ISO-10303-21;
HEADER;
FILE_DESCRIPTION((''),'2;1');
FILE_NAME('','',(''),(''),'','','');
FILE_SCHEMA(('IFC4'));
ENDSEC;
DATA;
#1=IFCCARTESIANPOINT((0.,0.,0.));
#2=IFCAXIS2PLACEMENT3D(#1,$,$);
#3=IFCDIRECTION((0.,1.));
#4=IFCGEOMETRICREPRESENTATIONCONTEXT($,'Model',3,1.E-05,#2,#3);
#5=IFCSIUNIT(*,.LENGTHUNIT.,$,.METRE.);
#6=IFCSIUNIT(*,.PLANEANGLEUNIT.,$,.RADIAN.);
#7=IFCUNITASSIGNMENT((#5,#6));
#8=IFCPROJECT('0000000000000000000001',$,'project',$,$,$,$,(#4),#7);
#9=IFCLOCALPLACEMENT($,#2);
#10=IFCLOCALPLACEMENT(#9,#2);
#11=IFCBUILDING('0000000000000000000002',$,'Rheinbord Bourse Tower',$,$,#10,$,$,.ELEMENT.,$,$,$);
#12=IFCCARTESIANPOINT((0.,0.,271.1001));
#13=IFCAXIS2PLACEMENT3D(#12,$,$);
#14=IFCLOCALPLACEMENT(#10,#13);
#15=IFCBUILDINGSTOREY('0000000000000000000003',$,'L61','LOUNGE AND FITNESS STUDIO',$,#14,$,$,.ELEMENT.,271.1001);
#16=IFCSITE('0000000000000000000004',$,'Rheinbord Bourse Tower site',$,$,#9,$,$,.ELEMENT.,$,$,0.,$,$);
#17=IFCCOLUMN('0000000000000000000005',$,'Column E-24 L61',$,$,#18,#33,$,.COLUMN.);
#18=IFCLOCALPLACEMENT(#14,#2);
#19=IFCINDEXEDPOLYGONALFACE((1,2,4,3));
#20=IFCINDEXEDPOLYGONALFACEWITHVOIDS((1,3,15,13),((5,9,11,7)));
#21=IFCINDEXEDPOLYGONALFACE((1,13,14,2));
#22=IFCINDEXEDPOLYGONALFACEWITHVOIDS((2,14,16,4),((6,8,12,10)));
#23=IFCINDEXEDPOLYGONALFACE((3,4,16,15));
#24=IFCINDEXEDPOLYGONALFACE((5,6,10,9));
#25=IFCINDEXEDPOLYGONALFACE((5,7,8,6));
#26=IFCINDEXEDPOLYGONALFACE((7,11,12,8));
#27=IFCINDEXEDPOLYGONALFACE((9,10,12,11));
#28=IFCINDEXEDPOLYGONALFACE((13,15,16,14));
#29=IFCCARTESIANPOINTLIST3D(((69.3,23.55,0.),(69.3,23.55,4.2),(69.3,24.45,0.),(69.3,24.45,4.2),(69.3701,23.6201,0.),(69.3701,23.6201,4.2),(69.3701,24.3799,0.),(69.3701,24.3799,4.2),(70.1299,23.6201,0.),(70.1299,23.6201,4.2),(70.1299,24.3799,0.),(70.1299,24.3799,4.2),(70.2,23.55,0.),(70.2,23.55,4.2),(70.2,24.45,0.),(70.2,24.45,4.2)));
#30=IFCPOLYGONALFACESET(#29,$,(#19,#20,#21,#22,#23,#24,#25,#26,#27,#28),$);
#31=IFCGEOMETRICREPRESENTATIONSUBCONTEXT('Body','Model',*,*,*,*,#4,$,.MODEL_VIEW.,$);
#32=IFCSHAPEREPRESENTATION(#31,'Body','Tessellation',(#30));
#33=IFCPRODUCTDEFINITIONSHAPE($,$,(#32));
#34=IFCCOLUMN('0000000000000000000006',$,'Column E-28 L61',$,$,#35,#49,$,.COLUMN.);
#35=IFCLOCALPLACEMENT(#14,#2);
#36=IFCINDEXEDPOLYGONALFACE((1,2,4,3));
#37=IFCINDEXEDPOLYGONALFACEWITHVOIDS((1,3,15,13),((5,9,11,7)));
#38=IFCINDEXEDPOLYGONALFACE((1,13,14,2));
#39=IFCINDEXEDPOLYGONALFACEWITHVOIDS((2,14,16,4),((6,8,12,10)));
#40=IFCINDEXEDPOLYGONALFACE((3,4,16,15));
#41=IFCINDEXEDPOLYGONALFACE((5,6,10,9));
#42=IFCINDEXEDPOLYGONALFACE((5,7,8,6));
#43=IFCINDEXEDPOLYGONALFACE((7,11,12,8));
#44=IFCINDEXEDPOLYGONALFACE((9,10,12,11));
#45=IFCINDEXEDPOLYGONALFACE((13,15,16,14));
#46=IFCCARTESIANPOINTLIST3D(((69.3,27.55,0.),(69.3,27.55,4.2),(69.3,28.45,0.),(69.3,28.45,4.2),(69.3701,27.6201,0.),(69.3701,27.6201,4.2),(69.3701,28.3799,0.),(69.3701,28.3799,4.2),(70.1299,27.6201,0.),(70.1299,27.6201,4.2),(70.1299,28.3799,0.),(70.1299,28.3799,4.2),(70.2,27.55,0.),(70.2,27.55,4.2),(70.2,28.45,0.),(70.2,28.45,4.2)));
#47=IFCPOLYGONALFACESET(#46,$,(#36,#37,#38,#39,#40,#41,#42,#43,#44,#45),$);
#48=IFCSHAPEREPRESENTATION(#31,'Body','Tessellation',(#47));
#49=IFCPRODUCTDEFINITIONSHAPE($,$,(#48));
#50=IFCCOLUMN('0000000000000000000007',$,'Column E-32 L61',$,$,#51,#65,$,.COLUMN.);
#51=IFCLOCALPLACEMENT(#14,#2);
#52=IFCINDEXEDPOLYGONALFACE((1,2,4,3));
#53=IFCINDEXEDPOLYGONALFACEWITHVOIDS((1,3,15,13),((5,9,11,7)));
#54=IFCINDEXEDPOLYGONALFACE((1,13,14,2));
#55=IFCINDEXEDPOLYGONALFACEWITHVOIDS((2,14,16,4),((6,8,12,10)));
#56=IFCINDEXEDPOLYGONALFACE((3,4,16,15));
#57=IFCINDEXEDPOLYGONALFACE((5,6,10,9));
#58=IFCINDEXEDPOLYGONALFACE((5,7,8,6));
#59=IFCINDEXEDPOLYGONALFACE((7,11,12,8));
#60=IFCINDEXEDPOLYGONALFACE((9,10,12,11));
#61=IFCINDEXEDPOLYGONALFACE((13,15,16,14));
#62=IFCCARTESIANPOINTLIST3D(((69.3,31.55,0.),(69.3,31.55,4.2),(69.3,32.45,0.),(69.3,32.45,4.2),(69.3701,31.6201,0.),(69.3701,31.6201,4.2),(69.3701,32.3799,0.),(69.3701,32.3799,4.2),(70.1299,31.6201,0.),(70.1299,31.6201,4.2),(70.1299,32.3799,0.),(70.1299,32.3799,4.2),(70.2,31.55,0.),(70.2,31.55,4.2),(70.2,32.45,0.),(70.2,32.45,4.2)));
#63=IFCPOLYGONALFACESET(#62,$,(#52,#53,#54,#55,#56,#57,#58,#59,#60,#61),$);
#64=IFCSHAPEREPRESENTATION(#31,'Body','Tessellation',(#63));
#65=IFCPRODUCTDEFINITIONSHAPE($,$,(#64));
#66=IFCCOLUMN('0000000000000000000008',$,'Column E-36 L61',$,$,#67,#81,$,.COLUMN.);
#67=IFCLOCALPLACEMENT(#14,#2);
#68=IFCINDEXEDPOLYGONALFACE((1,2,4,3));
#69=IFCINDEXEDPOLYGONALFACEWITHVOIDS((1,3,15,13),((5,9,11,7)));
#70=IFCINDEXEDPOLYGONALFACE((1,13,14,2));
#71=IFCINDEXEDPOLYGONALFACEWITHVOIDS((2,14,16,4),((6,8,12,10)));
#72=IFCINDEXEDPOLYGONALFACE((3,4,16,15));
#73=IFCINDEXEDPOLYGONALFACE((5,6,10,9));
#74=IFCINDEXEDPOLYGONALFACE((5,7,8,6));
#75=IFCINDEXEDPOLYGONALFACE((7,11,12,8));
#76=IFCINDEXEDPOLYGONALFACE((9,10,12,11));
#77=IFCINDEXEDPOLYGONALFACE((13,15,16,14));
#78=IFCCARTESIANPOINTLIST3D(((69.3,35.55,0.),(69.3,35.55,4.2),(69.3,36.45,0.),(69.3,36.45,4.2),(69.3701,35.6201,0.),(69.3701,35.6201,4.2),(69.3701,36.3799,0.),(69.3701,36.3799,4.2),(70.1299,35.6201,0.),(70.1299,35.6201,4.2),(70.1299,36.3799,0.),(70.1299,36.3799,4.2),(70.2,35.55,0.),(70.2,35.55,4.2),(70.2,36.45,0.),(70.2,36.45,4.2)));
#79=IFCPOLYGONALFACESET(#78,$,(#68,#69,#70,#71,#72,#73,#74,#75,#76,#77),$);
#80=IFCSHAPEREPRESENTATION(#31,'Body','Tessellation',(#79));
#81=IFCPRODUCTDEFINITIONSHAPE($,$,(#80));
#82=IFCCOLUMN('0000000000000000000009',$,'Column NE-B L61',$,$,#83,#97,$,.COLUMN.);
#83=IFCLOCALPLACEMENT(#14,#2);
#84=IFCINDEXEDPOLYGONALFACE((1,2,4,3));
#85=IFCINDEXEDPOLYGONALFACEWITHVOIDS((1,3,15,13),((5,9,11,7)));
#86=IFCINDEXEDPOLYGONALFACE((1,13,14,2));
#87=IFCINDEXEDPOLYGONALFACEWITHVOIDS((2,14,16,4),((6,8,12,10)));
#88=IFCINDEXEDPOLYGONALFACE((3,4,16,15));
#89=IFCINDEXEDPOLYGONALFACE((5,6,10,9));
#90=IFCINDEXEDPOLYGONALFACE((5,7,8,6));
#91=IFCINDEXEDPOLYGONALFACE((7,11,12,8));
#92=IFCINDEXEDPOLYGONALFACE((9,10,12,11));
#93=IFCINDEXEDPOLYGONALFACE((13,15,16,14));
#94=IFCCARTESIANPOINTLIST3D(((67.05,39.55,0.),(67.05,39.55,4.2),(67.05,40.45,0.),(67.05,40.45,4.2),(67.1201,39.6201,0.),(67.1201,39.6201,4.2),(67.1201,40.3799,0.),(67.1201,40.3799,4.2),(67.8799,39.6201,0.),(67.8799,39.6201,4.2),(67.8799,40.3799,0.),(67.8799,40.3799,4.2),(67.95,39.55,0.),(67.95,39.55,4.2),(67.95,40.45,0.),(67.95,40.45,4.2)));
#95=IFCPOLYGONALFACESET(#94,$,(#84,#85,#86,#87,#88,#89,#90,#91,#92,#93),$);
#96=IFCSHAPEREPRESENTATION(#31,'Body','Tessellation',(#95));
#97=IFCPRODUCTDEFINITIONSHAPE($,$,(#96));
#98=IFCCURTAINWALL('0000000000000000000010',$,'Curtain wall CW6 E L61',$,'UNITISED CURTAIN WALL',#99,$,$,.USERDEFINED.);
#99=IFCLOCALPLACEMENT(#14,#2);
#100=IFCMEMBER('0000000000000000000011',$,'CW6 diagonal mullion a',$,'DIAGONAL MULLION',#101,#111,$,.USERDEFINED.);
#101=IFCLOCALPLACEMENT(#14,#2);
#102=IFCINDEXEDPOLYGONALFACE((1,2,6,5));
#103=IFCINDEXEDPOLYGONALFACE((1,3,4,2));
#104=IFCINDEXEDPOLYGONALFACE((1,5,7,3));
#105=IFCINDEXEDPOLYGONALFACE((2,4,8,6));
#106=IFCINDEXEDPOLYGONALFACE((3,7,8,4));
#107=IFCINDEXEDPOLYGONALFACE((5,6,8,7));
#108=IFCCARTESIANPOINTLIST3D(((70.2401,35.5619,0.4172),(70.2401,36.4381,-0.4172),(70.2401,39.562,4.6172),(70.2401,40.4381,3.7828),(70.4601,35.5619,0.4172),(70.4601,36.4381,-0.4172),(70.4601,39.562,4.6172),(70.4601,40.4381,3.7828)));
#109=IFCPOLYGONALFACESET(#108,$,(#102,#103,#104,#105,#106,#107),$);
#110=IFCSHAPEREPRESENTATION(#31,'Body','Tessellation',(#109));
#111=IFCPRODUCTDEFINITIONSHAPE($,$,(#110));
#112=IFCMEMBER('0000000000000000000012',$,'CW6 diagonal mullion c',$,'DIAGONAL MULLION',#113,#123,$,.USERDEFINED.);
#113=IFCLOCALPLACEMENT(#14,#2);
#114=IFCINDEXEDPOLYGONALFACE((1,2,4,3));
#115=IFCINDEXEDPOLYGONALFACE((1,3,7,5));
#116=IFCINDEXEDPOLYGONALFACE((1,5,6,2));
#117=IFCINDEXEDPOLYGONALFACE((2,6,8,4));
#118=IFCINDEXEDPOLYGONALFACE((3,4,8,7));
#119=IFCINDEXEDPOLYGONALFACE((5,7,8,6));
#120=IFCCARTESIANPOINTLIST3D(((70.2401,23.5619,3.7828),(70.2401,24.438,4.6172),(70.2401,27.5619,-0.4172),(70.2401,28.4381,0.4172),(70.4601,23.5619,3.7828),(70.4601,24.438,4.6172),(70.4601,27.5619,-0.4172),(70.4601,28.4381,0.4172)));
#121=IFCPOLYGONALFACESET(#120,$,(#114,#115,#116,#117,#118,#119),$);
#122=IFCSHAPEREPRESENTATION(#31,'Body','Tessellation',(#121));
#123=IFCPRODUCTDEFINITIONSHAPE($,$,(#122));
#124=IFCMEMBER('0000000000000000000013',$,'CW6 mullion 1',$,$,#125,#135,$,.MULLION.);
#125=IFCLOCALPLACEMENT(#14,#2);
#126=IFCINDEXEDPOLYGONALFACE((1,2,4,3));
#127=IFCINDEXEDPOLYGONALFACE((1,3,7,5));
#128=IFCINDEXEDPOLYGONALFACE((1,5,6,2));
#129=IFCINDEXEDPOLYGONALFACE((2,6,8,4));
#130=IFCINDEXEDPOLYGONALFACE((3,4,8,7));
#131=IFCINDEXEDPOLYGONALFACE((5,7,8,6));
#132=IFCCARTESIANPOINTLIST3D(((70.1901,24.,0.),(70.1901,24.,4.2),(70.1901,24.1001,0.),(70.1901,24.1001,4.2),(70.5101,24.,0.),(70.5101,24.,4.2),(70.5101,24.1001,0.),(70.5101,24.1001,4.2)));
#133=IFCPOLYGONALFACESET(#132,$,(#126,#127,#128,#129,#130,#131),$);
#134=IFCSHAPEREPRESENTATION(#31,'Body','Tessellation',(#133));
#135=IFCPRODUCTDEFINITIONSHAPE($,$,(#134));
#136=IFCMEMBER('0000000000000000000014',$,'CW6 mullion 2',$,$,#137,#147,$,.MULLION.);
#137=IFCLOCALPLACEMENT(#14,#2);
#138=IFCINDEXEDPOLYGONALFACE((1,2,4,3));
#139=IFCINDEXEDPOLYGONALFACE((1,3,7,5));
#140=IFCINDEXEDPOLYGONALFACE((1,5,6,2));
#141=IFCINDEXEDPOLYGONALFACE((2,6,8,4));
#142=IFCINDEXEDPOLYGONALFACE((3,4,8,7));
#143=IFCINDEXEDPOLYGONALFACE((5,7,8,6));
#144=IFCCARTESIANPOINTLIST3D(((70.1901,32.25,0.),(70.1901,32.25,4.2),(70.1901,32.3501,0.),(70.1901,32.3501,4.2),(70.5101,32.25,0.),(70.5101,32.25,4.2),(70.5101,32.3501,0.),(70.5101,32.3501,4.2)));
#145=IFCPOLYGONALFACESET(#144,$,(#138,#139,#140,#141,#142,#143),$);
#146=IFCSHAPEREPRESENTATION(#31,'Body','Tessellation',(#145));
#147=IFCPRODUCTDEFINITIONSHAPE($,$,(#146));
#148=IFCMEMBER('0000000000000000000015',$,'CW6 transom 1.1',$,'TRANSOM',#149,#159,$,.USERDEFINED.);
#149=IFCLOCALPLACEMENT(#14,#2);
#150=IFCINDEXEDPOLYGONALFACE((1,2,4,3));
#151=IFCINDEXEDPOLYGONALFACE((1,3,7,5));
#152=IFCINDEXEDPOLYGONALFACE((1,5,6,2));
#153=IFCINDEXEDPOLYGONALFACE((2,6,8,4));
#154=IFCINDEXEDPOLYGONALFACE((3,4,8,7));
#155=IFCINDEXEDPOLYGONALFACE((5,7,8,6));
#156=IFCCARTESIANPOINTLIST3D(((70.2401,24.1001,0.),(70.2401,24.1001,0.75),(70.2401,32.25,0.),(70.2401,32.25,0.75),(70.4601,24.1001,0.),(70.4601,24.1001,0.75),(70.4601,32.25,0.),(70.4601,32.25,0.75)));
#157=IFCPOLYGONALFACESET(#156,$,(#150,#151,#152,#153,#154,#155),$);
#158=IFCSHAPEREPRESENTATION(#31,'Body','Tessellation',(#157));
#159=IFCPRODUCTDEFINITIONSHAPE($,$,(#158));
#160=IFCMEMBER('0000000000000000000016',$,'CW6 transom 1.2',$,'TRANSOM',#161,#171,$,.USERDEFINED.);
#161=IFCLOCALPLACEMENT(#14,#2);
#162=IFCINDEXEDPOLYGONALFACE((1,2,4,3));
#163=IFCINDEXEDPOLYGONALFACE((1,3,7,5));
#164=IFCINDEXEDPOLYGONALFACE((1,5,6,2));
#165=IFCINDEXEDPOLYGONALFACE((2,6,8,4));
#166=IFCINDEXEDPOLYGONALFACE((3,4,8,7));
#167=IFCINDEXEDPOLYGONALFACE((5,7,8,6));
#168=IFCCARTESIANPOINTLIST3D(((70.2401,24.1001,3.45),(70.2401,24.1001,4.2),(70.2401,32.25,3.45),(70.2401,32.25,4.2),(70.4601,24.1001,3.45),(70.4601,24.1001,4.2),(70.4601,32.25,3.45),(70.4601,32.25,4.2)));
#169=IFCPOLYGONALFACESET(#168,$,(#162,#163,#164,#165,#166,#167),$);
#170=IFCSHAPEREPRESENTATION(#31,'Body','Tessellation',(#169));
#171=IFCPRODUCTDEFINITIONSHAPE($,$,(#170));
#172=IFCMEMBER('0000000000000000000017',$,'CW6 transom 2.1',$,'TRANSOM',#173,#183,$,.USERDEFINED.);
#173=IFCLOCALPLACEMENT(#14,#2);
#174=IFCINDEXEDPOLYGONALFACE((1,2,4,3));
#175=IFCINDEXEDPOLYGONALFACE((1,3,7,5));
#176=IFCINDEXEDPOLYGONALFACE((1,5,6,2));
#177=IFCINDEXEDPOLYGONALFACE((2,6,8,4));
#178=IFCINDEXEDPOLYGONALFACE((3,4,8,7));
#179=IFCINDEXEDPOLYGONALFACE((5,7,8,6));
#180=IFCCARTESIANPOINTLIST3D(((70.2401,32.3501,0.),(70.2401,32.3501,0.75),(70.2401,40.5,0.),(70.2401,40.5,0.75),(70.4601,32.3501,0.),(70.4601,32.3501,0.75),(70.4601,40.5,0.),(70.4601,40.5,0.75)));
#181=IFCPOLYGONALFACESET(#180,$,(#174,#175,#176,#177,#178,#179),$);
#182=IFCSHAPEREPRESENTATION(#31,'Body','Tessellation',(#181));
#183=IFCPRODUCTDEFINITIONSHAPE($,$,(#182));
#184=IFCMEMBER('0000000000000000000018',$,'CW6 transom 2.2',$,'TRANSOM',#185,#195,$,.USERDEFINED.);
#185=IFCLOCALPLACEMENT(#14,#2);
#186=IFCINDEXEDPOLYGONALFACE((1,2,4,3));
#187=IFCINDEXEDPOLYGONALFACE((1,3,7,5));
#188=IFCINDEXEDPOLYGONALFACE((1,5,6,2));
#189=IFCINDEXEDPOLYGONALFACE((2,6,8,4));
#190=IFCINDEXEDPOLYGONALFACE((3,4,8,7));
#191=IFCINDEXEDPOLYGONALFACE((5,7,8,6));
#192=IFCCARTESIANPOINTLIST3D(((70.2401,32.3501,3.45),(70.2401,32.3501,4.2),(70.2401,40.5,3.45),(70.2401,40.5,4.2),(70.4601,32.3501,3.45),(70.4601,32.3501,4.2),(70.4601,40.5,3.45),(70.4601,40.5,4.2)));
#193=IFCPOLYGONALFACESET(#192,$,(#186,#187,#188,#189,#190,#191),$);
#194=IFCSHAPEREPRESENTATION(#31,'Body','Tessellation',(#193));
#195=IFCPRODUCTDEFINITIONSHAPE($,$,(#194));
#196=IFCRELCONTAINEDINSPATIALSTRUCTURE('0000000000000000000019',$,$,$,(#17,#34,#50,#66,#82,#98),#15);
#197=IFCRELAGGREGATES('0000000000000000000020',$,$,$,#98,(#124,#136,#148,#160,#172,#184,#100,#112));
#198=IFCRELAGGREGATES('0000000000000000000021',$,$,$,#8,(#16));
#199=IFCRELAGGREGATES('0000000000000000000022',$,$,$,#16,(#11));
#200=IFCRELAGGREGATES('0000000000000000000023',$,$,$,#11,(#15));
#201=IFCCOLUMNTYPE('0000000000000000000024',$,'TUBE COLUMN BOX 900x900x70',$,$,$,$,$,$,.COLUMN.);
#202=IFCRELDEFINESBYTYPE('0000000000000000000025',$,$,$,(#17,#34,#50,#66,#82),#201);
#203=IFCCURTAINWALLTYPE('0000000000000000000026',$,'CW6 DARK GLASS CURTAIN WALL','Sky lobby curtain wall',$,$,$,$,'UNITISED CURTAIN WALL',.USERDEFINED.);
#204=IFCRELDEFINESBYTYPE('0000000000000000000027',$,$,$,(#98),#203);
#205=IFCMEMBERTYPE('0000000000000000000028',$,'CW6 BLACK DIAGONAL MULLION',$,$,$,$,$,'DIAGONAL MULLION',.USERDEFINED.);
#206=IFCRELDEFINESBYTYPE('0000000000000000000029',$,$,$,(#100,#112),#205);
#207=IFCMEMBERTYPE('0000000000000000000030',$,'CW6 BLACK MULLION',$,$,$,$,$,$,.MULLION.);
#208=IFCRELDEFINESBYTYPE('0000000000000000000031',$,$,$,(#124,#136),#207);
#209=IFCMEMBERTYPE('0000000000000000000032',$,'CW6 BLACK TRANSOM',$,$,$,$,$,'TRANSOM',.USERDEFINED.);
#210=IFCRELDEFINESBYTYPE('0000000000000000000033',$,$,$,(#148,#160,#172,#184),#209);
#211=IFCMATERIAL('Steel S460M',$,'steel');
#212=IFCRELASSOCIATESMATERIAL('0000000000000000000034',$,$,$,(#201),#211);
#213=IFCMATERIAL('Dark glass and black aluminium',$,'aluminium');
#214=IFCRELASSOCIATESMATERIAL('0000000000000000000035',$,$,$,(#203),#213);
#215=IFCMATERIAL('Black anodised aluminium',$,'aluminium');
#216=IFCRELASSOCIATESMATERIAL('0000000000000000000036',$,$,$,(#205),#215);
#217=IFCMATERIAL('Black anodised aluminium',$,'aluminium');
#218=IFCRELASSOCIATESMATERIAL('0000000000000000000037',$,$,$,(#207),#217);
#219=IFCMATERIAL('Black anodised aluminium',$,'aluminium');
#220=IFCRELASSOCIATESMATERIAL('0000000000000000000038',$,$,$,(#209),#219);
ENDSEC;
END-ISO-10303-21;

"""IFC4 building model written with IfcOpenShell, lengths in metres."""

from ifc_helpers import new_model, si_unit, direction, frame, origin, origin_2d, place, context, subcontext, project, spatial, rectangle, hollow_rectangle, extrude, material, material_profile, profile_set, type_object, element, aggregate, save


model = new_model("IFC4")

# Units and contexts
model_context = context("Model", 3, precision=1e-05, world=origin(), true_north=direction((0.0, 1.0)))
body_context = subcontext(model_context, "Body", "Model", "MODEL_VIEW")
ifc_project = project(units=[si_unit("LENGTHUNIT", "METRE"), si_unit("PLANEANGLEUNIT", "RADIAN")], contexts=[model_context])

# Site, building, storey
site_placement = place(None, origin())
site = spatial("IfcSite", under=ifc_project, at=site_placement, Name="Rheinbord Bourse Tower site", CompositionType="ELEMENT", RefElevation=0.0)
building_placement = place(site_placement, origin())
building = spatial("IfcBuilding", under=site, at=building_placement, Name="Rheinbord Bourse Tower", CompositionType="ELEMENT")
storey_placement = place(building_placement, frame((0.0, 0.0, 271.1001)))
storey = spatial("IfcBuildingStorey", under=building, at=storey_placement, Name="L61", Description="LOUNGE AND FITNESS STUDIO", CompositionType="ELEMENT", Elevation=271.1001)

# Columns
ifc_material_1 = material(Name="Steel S460M", Category="steel")
ifc_material_profile_1 = material_profile(ifc_material_1, hollow_rectangle(XDim=0.8999, YDim=0.8999, WallThickness=0.0701, at=origin_2d()), Name="BOX 900x900x70")
ifc_profile_set_1 = profile_set([ifc_material_profile_1], Name="Steel S460M")
column_type = type_object("IfcColumnType", Name="TUBE COLUMN BOX 900x900x70", PredefinedType="COLUMN", material=ifc_profile_set_1)
for number, where, z_axis, x_axis, name in (
    (1, (69.75, 24.0, 0.0), (0.0, 0.0, 1.0), (1.0, 0.0, 0.0), "Column E-24 L61"),
    (2, (69.75, 28.0, 0.0), (0.0, 0.0, 1.0), (1.0, 0.0, 0.0), "Column E-28 L61"),
    (3, (69.75, 32.0, 0.0), (0.0, 0.0, 1.0), (1.0, 0.0, 0.0), "Column E-32 L61"),
    (4, (69.75, 36.0, 0.0), (0.0, 0.0, 1.0), (1.0, 0.0, 0.0), "Column E-36 L61"),
    (5, (67.5, 40.0, 0.0), (0.0, 0.0, 1.0), (1.0, 0.0, 0.0), "Column NE-B L61"),
):
    element("IfcColumn", number, at=place(storey_placement, frame(where, z_axis=z_axis, x_axis=x_axis)), inside=storey, type_object=column_type, Name=name, PredefinedType="COLUMN", context=body_context, shape_type="SweptSolid", body=[
        extrude(hollow_rectangle(XDim=0.8999, YDim=0.8999, WallThickness=0.0701, at=origin_2d()), origin(), (0.0, 0.0, 1.0), 4.2),
    ])

# Curtain wall, members
ifc_material_2 = material(Name="Dark glass and black aluminium", Category="aluminium")
curtain_wall_type = type_object("IfcCurtainWallType", Name="CW6 DARK GLASS CURTAIN WALL", Description="Sky lobby curtain wall", ElementType="UNITISED CURTAIN WALL", PredefinedType="USERDEFINED", material=ifc_material_2)
curtain_wall_placement = place(storey_placement, origin())
curtain_wall = element("IfcCurtainWall", 6, at=curtain_wall_placement, inside=storey, type_object=curtain_wall_type, Name="Curtain wall CW6 E L61", ObjectType="UNITISED CURTAIN WALL", PredefinedType="USERDEFINED")
ifc_material_3 = material(Name="Black anodised aluminium", Category="aluminium")
ifc_material_profile_2 = material_profile(ifc_material_3, rectangle(XDim=0.22, YDim=1.21, at=origin_2d()), Name="CW6 DIAGONAL MULLION 1210x220")
ifc_profile_set_2 = profile_set([ifc_material_profile_2], Name="Black anodised aluminium")
member_type_1 = type_object("IfcMemberType", Name="CW6 BLACK DIAGONAL MULLION", ElementType="DIAGONAL MULLION", PredefinedType="USERDEFINED", material=ifc_profile_set_2)
member_1_placement = place(storey_placement, frame((70.3501, 36.0, 0.0), z_axis=(0.0, 0.689659, 0.724134), x_axis=(-1.0, 0.0, 0.0)))
member_1 = element("IfcMember", 7, at=member_1_placement, type_object=member_type_1, Name="CW6 diagonal mullion a", ObjectType="DIAGONAL MULLION", PredefinedType="USERDEFINED", context=body_context, shape_type="SweptSolid", body=[
    extrude(rectangle(XDim=0.22, YDim=1.21, at=origin_2d()), origin(), (0.0, 0.0, 1.0), 5.8),
])
member_2_placement = place(storey_placement, frame((70.3501, 28.0, 0.0), z_axis=(0.0, -0.689659, 0.724134), x_axis=(1.0, 0.0, 0.0)))
member_2 = element("IfcMember", 8, at=member_2_placement, type_object=member_type_1, Name="CW6 diagonal mullion c", ObjectType="DIAGONAL MULLION", PredefinedType="USERDEFINED", context=body_context, shape_type="SweptSolid", body=[
    extrude(rectangle(XDim=0.22, YDim=1.21, at=origin_2d()), origin(), (0.0, 0.0, 1.0), 5.8),
])
ifc_material_4 = material(Name="Black anodised aluminium", Category="aluminium")
ifc_material_profile_3 = material_profile(ifc_material_4, rectangle(XDim=0.3201, YDim=0.1001, at=origin_2d()), Name="CW6 MULLION 100x320")
ifc_profile_set_3 = profile_set([ifc_material_profile_3], Name="Black anodised aluminium")
member_type_2 = type_object("IfcMemberType", Name="CW6 BLACK MULLION", PredefinedType="MULLION", material=ifc_profile_set_3)
member_3_placement = place(storey_placement, frame((70.3501, 24.05, 0.0), z_axis=(0.0, 0.0, 1.0), x_axis=(-1.0, 0.0, 0.0)))
member_3 = element("IfcMember", 9, at=member_3_placement, type_object=member_type_2, Name="CW6 mullion 1", PredefinedType="MULLION", context=body_context, shape_type="SweptSolid", body=[
    extrude(rectangle(XDim=0.3201, YDim=0.1001, at=origin_2d()), origin(), (0.0, 0.0, 1.0), 4.2),
])
member_4_placement = place(storey_placement, frame((70.3501, 32.3, 0.0), z_axis=(0.0, 0.0, 1.0), x_axis=(-1.0, 0.0, 0.0)))
member_4 = element("IfcMember", 10, at=member_4_placement, type_object=member_type_2, Name="CW6 mullion 2", PredefinedType="MULLION", context=body_context, shape_type="SweptSolid", body=[
    extrude(rectangle(XDim=0.3201, YDim=0.1001, at=origin_2d()), origin(), (0.0, 0.0, 1.0), 4.2),
])
ifc_material_5 = material(Name="Black anodised aluminium", Category="aluminium")
ifc_material_profile_4 = material_profile(ifc_material_5, rectangle(XDim=0.22, YDim=0.75, at=origin_2d()), Name="CW6 TRANSOM 750x220")
ifc_profile_set_4 = profile_set([ifc_material_profile_4], Name="Black anodised aluminium")
member_type_3 = type_object("IfcMemberType", Name="CW6 BLACK TRANSOM", ElementType="TRANSOM", PredefinedType="USERDEFINED", material=ifc_profile_set_4)
member_5_placement = place(storey_placement, frame((70.3501, 24.1001, 0.375), z_axis=(0.0, 1.0, 0.0), x_axis=(-1.0, 0.0, 0.0)))
member_5 = element("IfcMember", 11, at=member_5_placement, type_object=member_type_3, Name="CW6 transom 1.1", ObjectType="TRANSOM", PredefinedType="USERDEFINED", context=body_context, shape_type="SweptSolid", body=[
    extrude(rectangle(XDim=0.22, YDim=0.75, at=origin_2d()), origin(), (0.0, 0.0, 1.0), 8.1499),
])
member_6_placement = place(storey_placement, frame((70.3501, 24.1001, 3.825), z_axis=(0.0, 1.0, 0.0), x_axis=(-1.0, 0.0, 0.0)))
member_6 = element("IfcMember", 12, at=member_6_placement, type_object=member_type_3, Name="CW6 transom 1.2", ObjectType="TRANSOM", PredefinedType="USERDEFINED", context=body_context, shape_type="SweptSolid", body=[
    extrude(rectangle(XDim=0.22, YDim=0.75, at=origin_2d()), origin(), (0.0, 0.0, 1.0), 8.1499),
])
member_7_placement = place(storey_placement, frame((70.3501, 32.3501, 0.375), z_axis=(0.0, 1.0, 0.0), x_axis=(-1.0, 0.0, 0.0)))
member_7 = element("IfcMember", 13, at=member_7_placement, type_object=member_type_3, Name="CW6 transom 2.1", ObjectType="TRANSOM", PredefinedType="USERDEFINED", context=body_context, shape_type="SweptSolid", body=[
    extrude(rectangle(XDim=0.22, YDim=0.75, at=origin_2d()), origin(), (0.0, 0.0, 1.0), 8.1499),
])
member_8_placement = place(storey_placement, frame((70.3501, 32.3501, 3.825), z_axis=(0.0, 1.0, 0.0), x_axis=(-1.0, 0.0, 0.0)))
member_8 = element("IfcMember", 14, at=member_8_placement, type_object=member_type_3, Name="CW6 transom 2.2", ObjectType="TRANSOM", PredefinedType="USERDEFINED", context=body_context, shape_type="SweptSolid", body=[
    extrude(rectangle(XDim=0.22, YDim=0.75, at=origin_2d()), origin(), (0.0, 0.0, 1.0), 8.1499),
])

aggregate(curtain_wall, [member_3, member_4, member_5, member_6, member_7, member_8, member_1, member_2])

save(model, "model.ifc")
